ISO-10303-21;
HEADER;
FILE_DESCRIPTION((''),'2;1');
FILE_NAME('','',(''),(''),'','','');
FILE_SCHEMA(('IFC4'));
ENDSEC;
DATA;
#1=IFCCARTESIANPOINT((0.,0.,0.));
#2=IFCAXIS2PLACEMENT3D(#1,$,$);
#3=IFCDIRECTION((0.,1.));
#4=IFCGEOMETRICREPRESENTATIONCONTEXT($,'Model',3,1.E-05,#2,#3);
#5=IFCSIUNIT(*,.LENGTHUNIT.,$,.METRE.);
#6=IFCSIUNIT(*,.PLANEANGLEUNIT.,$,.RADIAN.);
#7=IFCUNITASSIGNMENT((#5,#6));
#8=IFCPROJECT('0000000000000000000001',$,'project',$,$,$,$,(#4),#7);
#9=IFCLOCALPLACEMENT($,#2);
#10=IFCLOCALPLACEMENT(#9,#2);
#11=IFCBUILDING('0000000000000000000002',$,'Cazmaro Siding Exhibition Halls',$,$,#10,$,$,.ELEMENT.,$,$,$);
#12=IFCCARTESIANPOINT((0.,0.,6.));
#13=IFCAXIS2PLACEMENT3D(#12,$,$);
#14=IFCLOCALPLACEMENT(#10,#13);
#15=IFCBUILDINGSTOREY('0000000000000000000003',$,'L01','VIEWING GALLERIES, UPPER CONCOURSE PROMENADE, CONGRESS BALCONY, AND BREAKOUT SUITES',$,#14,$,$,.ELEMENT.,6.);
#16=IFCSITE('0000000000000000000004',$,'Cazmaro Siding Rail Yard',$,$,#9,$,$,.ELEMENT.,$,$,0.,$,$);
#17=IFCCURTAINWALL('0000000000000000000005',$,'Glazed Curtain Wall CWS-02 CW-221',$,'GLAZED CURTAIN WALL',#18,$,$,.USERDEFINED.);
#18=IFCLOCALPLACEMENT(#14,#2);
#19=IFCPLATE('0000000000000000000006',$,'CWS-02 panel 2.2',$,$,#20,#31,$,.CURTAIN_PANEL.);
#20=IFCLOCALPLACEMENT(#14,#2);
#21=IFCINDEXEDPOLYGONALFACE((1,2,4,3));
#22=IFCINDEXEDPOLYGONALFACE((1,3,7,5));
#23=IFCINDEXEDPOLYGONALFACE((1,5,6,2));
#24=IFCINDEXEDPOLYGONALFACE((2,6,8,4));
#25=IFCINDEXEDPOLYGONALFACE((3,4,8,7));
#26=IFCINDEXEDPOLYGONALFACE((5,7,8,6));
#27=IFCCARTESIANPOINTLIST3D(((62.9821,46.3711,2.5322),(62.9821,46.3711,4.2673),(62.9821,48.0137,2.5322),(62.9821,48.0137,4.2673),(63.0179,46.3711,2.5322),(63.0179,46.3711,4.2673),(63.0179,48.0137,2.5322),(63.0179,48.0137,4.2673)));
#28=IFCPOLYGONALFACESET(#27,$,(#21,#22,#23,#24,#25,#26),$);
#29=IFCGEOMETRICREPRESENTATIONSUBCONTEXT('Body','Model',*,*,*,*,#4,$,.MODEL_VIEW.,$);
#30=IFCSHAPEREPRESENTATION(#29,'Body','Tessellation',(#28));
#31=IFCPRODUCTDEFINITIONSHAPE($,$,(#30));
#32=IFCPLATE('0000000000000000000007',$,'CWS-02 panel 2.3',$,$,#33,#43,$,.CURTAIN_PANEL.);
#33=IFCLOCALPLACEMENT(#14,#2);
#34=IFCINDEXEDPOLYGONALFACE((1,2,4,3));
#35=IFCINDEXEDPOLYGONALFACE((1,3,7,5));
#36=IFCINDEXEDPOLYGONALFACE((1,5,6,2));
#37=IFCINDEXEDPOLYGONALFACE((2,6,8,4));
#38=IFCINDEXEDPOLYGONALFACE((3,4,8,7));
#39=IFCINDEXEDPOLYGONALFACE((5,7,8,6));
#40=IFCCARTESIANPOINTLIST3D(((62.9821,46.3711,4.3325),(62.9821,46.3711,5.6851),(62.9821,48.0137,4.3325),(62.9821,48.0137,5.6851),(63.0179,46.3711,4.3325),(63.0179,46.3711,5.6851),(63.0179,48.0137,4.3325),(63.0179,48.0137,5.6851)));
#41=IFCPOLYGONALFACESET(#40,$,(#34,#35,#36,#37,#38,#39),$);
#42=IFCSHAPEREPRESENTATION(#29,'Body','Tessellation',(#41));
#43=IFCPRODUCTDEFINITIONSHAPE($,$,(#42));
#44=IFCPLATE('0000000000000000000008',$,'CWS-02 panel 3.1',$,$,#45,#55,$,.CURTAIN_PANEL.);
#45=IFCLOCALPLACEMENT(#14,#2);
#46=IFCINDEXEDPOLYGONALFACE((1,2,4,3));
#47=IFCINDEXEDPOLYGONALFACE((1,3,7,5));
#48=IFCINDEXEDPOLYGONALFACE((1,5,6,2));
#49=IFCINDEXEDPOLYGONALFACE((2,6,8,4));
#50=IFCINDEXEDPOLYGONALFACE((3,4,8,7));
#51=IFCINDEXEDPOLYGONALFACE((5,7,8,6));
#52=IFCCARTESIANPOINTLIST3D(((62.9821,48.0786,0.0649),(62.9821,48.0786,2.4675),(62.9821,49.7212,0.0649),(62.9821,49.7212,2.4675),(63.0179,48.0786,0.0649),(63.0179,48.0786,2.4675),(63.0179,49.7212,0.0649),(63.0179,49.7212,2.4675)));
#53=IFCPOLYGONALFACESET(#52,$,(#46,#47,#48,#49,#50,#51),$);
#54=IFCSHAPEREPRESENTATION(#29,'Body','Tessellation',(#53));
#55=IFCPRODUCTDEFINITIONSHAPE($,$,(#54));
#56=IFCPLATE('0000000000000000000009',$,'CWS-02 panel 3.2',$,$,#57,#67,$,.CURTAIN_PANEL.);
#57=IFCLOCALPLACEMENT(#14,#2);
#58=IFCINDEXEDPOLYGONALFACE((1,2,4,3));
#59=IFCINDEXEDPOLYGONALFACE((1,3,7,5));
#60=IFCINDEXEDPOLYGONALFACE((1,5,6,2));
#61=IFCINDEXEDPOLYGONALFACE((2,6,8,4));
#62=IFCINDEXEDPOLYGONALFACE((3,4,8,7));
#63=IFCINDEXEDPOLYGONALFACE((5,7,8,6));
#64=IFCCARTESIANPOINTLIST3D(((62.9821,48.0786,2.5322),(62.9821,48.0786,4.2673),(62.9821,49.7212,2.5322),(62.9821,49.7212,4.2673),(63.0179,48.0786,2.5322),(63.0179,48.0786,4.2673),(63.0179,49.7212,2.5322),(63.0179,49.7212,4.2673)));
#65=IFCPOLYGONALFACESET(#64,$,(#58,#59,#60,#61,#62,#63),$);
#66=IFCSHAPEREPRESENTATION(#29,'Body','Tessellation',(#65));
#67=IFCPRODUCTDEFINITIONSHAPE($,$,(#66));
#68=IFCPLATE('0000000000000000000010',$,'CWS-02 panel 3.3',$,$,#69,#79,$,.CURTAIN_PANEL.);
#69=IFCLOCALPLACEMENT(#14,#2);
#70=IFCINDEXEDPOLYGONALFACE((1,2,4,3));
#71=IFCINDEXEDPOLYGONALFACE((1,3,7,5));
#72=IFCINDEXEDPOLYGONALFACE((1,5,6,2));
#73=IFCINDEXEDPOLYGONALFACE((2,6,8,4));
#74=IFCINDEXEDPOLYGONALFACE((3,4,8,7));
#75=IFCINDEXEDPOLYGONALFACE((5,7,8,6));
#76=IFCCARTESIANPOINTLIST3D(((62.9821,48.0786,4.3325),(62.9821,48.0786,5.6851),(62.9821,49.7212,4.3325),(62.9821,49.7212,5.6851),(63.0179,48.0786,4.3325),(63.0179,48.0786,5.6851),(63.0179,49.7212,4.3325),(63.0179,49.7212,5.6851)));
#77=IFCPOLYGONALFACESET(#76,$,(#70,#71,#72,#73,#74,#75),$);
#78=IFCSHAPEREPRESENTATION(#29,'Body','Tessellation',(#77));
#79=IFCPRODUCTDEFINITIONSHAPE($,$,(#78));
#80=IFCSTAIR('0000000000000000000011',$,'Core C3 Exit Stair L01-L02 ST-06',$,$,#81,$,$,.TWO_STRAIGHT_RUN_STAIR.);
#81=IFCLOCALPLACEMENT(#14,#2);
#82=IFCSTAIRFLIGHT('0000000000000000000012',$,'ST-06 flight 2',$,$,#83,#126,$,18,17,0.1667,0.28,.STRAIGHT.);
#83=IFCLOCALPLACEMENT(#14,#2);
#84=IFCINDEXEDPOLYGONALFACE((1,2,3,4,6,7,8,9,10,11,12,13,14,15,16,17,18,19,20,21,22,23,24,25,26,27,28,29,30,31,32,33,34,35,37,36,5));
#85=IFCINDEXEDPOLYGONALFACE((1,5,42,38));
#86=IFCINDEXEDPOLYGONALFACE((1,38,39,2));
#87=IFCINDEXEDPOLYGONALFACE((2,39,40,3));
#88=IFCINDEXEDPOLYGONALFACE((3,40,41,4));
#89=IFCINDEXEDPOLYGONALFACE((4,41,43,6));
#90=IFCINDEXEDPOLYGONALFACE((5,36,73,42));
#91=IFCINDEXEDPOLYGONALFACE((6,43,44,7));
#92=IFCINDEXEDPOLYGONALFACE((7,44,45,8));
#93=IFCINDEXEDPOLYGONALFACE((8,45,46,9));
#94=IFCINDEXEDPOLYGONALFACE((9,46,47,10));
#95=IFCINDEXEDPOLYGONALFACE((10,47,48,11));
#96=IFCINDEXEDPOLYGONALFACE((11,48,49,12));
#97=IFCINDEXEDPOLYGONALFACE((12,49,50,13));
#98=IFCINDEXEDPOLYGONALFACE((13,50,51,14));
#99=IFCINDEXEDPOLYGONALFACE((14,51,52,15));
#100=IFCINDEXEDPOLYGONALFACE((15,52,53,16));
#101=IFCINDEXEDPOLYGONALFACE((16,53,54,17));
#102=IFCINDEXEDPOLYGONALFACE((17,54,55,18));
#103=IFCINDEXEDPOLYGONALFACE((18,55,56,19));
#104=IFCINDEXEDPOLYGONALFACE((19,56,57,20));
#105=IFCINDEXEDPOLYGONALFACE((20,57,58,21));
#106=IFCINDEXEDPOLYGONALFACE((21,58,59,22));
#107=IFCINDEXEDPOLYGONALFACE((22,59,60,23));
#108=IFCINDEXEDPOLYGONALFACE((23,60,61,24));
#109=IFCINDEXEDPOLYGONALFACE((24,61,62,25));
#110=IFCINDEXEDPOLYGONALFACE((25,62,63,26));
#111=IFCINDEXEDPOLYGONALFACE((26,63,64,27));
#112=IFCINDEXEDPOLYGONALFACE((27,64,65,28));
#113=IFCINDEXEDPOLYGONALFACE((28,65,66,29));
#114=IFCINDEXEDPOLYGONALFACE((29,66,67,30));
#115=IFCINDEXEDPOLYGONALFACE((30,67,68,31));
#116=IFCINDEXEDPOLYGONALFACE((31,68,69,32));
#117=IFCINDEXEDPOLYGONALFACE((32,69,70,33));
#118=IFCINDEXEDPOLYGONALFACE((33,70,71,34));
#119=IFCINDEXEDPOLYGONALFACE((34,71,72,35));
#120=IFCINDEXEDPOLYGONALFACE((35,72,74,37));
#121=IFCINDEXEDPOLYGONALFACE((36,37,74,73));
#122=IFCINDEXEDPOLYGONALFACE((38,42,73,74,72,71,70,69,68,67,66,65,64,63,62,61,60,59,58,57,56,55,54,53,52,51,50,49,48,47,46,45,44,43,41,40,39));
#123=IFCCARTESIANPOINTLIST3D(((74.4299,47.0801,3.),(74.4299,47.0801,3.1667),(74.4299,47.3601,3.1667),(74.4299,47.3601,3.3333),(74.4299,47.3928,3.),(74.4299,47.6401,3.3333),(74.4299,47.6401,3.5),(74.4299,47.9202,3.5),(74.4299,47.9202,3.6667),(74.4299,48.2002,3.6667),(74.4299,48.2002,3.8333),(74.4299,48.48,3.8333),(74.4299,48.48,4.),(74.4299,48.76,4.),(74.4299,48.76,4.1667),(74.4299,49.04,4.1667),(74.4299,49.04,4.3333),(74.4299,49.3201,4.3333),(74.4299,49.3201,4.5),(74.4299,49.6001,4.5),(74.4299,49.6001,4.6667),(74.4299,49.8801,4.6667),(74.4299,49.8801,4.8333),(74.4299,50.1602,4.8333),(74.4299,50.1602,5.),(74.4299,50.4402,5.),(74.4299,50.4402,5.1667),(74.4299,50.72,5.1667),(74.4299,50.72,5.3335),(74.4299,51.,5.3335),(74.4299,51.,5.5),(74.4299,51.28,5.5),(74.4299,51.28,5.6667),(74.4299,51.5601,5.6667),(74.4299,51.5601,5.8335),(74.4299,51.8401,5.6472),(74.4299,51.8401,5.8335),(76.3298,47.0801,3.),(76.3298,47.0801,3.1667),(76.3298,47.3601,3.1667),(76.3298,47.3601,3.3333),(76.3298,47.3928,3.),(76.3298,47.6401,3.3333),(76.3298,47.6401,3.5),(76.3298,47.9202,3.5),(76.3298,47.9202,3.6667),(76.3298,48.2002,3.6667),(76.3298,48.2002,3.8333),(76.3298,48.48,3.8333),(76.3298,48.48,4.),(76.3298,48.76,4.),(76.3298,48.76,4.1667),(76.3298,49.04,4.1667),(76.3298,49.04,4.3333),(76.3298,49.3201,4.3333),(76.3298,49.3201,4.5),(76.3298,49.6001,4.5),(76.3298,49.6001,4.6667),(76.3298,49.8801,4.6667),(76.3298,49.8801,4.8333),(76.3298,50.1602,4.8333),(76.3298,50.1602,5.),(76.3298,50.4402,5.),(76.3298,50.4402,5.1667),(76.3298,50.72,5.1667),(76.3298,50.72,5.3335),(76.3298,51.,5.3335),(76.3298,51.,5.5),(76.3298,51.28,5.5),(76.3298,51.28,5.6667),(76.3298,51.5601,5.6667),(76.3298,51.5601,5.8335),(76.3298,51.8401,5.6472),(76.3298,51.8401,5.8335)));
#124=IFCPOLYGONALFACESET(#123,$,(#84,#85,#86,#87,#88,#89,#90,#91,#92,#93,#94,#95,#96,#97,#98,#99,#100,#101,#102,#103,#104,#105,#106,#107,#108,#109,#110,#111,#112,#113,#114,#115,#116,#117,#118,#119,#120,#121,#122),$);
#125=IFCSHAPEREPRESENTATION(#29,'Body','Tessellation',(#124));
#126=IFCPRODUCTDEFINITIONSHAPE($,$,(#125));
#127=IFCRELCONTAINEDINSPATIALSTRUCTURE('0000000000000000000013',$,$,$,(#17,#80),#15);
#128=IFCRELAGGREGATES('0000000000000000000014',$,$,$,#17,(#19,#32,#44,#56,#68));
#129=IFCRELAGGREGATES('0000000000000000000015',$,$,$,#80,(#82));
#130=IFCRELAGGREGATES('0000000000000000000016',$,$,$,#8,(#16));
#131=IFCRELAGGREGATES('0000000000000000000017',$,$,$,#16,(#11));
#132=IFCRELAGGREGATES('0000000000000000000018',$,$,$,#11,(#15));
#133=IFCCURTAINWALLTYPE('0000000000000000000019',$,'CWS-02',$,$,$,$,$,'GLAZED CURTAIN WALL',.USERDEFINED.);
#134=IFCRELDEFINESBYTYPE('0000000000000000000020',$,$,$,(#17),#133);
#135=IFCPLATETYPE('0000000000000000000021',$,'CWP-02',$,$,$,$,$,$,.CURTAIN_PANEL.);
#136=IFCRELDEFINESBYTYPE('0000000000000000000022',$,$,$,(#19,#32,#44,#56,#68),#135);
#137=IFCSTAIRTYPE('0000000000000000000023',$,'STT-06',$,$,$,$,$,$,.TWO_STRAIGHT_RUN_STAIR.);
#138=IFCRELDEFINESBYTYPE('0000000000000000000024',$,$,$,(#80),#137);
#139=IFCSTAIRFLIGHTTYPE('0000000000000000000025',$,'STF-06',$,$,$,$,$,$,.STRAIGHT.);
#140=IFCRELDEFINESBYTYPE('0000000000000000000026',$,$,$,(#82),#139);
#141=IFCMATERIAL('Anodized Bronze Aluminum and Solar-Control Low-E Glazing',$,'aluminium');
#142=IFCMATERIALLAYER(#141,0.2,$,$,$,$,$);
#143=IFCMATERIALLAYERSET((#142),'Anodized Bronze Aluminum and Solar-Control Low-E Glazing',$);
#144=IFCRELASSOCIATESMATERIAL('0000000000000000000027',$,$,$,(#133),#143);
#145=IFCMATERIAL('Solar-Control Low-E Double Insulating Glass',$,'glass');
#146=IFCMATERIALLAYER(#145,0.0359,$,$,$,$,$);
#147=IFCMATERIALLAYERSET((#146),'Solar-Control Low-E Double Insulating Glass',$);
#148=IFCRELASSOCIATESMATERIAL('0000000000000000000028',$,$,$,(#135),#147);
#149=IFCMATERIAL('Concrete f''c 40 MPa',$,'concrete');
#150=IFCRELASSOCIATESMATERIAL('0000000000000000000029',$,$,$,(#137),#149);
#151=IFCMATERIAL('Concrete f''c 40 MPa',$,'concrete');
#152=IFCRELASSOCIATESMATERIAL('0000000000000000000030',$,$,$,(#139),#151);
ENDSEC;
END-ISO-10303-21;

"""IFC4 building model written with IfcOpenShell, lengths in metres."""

from ifc_helpers import new_model, si_unit, direction, frame, origin, origin_2d, place, context, subcontext, project, spatial, polyline, rectangle, outline, extrude, material, layer, layer_set, type_object, element, aggregate, save


model = new_model("IFC4")

# Units and contexts
model_context = context("Model", 3, precision=1e-05, world=origin(), true_north=direction((0.0, 1.0)))
body_context = subcontext(model_context, "Body", "Model", "MODEL_VIEW")
ifc_project = project(units=[si_unit("LENGTHUNIT", "METRE"), si_unit("PLANEANGLEUNIT", "RADIAN")], contexts=[model_context])

# Site, building, storey
site_placement = place(None, origin())
site = spatial("IfcSite", under=ifc_project, at=site_placement, Name="Cazmaro Siding Rail Yard", CompositionType="ELEMENT", RefElevation=0.0)
building_placement = place(site_placement, origin())
building = spatial("IfcBuilding", under=site, at=building_placement, Name="Cazmaro Siding Exhibition Halls", CompositionType="ELEMENT")
storey_placement = place(building_placement, frame((0.0, 0.0, 6.0)))
storey = spatial("IfcBuildingStorey", under=building, at=storey_placement, Name="L01", Description="VIEWING GALLERIES, UPPER CONCOURSE PROMENADE, CONGRESS BALCONY, AND BREAKOUT SUITES", CompositionType="ELEMENT", Elevation=6.0)

# Curtain wall, plates
ifc_material_1 = material(Name="Anodized Bronze Aluminum and Solar-Control Low-E Glazing", Category="aluminium")
ifc_layer_1 = layer(ifc_material_1, 0.2)
ifc_layer_set_1 = layer_set([ifc_layer_1], Name="Anodized Bronze Aluminum and Solar-Control Low-E Glazing")
curtain_wall_type = type_object("IfcCurtainWallType", Name="CWS-02", ElementType="GLAZED CURTAIN WALL", PredefinedType="USERDEFINED", material=ifc_layer_set_1)
curtain_wall_placement = place(storey_placement, origin())
curtain_wall = element("IfcCurtainWall", 1, at=curtain_wall_placement, inside=storey, type_object=curtain_wall_type, Name="Glazed Curtain Wall CWS-02 CW-221", ObjectType="GLAZED CURTAIN WALL", PredefinedType="USERDEFINED")
ifc_material_2 = material(Name="Solar-Control Low-E Double Insulating Glass", Category="glass")
ifc_layer_2 = layer(ifc_material_2, 0.0359)
ifc_layer_set_2 = layer_set([ifc_layer_2], Name="Solar-Control Low-E Double Insulating Glass")
plate_type = type_object("IfcPlateType", Name="CWP-02", PredefinedType="CURTAIN_PANEL", material=ifc_layer_set_2)
plate_1_placement = place(storey_placement, frame((63.0, 47.1924, 2.5322), z_axis=(0.0, 0.0, 1.0), x_axis=(0.0, 1.0, 0.0)))
plate_1 = element("IfcPlate", 2, at=plate_1_placement, type_object=plate_type, Name="CWS-02 panel 2.2", PredefinedType="CURTAIN_PANEL", context=body_context, shape_type="SweptSolid", body=[
    extrude(rectangle(XDim=1.6426, YDim=0.0359, at=origin_2d()), origin(), (0.0, 0.0, 1.0), 1.7351),
])
plate_2_placement = place(storey_placement, frame((63.0, 47.1924, 4.3325), z_axis=(0.0, 0.0, 1.0), x_axis=(0.0, 1.0, 0.0)))
plate_2 = element("IfcPlate", 3, at=plate_2_placement, type_object=plate_type, Name="CWS-02 panel 2.3", PredefinedType="CURTAIN_PANEL", context=body_context, shape_type="SweptSolid", body=[
    extrude(rectangle(XDim=1.6426, YDim=0.0359, at=origin_2d()), origin(), (0.0, 0.0, 1.0), 1.3525),
])
plate_3_placement = place(storey_placement, frame((63.0, 48.8999, 0.0649), z_axis=(0.0, 0.0, 1.0), x_axis=(0.0, 1.0, 0.0)))
plate_3 = element("IfcPlate", 4, at=plate_3_placement, type_object=plate_type, Name="CWS-02 panel 3.1", PredefinedType="CURTAIN_PANEL", context=body_context, shape_type="SweptSolid", body=[
    extrude(rectangle(XDim=1.6426, YDim=0.0359, at=origin_2d()), origin(), (0.0, 0.0, 1.0), 2.4026),
])
plate_4_placement = place(storey_placement, frame((63.0, 48.8999, 2.5322), z_axis=(0.0, 0.0, 1.0), x_axis=(0.0, 1.0, 0.0)))
plate_4 = element("IfcPlate", 5, at=plate_4_placement, type_object=plate_type, Name="CWS-02 panel 3.2", PredefinedType="CURTAIN_PANEL", context=body_context, shape_type="SweptSolid", body=[
    extrude(rectangle(XDim=1.6426, YDim=0.0359, at=origin_2d()), origin(), (0.0, 0.0, 1.0), 1.7351),
])
plate_5_placement = place(storey_placement, frame((63.0, 48.8999, 4.3325), z_axis=(0.0, 0.0, 1.0), x_axis=(0.0, 1.0, 0.0)))
plate_5 = element("IfcPlate", 6, at=plate_5_placement, type_object=plate_type, Name="CWS-02 panel 3.3", PredefinedType="CURTAIN_PANEL", context=body_context, shape_type="SweptSolid", body=[
    extrude(rectangle(XDim=1.6426, YDim=0.0359, at=origin_2d()), origin(), (0.0, 0.0, 1.0), 1.3525),
])
aggregate(curtain_wall, [plate_1, plate_2, plate_3, plate_4, plate_5])

# Stair, stair flight
ifc_material_3 = material(Name="Concrete f'c 40 MPa", Category="concrete")
stair_type = type_object("IfcStairType", Name="STT-06", PredefinedType="TWO_STRAIGHT_RUN_STAIR", material=ifc_material_3)
stair_placement = place(storey_placement, origin())
stair = element("IfcStair", 7, at=stair_placement, inside=storey, type_object=stair_type, Name="Core C3 Exit Stair L01-L02 ST-06", PredefinedType="TWO_STRAIGHT_RUN_STAIR")
ifc_material_4 = material(Name="Concrete f'c 40 MPa", Category="concrete")
stair_flight_type = type_object("IfcStairFlightType", Name="STF-06", PredefinedType="STRAIGHT", material=ifc_material_4)
stair_flight_placement = place(storey_placement, frame((75.3799, 47.0801, 3.0), z_axis=(0.0, 0.0, 1.0), x_axis=(0.0, 1.0, 0.0)))
stair_flight = element("IfcStairFlight", 8, at=stair_flight_placement, type_object=stair_flight_type, Name="ST-06 flight 2", NumberOfRisers=18, NumberOfTreads=17, PredefinedType="STRAIGHT", RiserHeight=0.1667, TreadLength=0.28, context=body_context, shape_type="SweptSolid", body=[
    extrude(outline(polyline([(0.0, 0.0), (0.0, 0.1667), (0.28, 0.1667), (0.28, 0.3333), (0.5601, 0.3333), (0.5601, 0.5), (0.8401, 0.5), (0.8401, 0.6667), (1.1201, 0.6667), (1.1201, 0.8333), (1.3999, 0.8333), (1.3999, 1.0), (1.6799, 1.0), (1.6799, 1.1667), (1.96, 1.1667), (1.96, 1.3333), (2.24, 1.3333), (2.24, 1.5), (2.52, 1.5), (2.52, 1.6667), (2.8, 1.6667), (2.8, 1.8333), (3.0801, 1.8333), (3.0801, 2.0), (3.3601, 2.0), (3.3601, 2.1667), (3.6399, 2.1667), (3.6399, 2.3335), (3.9199, 2.3335), (3.9199, 2.5), (4.2, 2.5), (4.2, 2.6667), (4.48, 2.6667), (4.48, 2.8335), (4.76, 2.8335), (4.76, 3.0), (4.76, 2.6472), (0.3127, 0.0), (0.0, 0.0)])), frame((0.0, 0.95, 0.0), z_axis=(0.0, -1.0, 0.0), x_axis=(1.0, 0.0, 0.0)), (0.0, 0.0, 1.0), 1.8999),
])
aggregate(stair, [stair_flight])

save(model, "model.ifc")
